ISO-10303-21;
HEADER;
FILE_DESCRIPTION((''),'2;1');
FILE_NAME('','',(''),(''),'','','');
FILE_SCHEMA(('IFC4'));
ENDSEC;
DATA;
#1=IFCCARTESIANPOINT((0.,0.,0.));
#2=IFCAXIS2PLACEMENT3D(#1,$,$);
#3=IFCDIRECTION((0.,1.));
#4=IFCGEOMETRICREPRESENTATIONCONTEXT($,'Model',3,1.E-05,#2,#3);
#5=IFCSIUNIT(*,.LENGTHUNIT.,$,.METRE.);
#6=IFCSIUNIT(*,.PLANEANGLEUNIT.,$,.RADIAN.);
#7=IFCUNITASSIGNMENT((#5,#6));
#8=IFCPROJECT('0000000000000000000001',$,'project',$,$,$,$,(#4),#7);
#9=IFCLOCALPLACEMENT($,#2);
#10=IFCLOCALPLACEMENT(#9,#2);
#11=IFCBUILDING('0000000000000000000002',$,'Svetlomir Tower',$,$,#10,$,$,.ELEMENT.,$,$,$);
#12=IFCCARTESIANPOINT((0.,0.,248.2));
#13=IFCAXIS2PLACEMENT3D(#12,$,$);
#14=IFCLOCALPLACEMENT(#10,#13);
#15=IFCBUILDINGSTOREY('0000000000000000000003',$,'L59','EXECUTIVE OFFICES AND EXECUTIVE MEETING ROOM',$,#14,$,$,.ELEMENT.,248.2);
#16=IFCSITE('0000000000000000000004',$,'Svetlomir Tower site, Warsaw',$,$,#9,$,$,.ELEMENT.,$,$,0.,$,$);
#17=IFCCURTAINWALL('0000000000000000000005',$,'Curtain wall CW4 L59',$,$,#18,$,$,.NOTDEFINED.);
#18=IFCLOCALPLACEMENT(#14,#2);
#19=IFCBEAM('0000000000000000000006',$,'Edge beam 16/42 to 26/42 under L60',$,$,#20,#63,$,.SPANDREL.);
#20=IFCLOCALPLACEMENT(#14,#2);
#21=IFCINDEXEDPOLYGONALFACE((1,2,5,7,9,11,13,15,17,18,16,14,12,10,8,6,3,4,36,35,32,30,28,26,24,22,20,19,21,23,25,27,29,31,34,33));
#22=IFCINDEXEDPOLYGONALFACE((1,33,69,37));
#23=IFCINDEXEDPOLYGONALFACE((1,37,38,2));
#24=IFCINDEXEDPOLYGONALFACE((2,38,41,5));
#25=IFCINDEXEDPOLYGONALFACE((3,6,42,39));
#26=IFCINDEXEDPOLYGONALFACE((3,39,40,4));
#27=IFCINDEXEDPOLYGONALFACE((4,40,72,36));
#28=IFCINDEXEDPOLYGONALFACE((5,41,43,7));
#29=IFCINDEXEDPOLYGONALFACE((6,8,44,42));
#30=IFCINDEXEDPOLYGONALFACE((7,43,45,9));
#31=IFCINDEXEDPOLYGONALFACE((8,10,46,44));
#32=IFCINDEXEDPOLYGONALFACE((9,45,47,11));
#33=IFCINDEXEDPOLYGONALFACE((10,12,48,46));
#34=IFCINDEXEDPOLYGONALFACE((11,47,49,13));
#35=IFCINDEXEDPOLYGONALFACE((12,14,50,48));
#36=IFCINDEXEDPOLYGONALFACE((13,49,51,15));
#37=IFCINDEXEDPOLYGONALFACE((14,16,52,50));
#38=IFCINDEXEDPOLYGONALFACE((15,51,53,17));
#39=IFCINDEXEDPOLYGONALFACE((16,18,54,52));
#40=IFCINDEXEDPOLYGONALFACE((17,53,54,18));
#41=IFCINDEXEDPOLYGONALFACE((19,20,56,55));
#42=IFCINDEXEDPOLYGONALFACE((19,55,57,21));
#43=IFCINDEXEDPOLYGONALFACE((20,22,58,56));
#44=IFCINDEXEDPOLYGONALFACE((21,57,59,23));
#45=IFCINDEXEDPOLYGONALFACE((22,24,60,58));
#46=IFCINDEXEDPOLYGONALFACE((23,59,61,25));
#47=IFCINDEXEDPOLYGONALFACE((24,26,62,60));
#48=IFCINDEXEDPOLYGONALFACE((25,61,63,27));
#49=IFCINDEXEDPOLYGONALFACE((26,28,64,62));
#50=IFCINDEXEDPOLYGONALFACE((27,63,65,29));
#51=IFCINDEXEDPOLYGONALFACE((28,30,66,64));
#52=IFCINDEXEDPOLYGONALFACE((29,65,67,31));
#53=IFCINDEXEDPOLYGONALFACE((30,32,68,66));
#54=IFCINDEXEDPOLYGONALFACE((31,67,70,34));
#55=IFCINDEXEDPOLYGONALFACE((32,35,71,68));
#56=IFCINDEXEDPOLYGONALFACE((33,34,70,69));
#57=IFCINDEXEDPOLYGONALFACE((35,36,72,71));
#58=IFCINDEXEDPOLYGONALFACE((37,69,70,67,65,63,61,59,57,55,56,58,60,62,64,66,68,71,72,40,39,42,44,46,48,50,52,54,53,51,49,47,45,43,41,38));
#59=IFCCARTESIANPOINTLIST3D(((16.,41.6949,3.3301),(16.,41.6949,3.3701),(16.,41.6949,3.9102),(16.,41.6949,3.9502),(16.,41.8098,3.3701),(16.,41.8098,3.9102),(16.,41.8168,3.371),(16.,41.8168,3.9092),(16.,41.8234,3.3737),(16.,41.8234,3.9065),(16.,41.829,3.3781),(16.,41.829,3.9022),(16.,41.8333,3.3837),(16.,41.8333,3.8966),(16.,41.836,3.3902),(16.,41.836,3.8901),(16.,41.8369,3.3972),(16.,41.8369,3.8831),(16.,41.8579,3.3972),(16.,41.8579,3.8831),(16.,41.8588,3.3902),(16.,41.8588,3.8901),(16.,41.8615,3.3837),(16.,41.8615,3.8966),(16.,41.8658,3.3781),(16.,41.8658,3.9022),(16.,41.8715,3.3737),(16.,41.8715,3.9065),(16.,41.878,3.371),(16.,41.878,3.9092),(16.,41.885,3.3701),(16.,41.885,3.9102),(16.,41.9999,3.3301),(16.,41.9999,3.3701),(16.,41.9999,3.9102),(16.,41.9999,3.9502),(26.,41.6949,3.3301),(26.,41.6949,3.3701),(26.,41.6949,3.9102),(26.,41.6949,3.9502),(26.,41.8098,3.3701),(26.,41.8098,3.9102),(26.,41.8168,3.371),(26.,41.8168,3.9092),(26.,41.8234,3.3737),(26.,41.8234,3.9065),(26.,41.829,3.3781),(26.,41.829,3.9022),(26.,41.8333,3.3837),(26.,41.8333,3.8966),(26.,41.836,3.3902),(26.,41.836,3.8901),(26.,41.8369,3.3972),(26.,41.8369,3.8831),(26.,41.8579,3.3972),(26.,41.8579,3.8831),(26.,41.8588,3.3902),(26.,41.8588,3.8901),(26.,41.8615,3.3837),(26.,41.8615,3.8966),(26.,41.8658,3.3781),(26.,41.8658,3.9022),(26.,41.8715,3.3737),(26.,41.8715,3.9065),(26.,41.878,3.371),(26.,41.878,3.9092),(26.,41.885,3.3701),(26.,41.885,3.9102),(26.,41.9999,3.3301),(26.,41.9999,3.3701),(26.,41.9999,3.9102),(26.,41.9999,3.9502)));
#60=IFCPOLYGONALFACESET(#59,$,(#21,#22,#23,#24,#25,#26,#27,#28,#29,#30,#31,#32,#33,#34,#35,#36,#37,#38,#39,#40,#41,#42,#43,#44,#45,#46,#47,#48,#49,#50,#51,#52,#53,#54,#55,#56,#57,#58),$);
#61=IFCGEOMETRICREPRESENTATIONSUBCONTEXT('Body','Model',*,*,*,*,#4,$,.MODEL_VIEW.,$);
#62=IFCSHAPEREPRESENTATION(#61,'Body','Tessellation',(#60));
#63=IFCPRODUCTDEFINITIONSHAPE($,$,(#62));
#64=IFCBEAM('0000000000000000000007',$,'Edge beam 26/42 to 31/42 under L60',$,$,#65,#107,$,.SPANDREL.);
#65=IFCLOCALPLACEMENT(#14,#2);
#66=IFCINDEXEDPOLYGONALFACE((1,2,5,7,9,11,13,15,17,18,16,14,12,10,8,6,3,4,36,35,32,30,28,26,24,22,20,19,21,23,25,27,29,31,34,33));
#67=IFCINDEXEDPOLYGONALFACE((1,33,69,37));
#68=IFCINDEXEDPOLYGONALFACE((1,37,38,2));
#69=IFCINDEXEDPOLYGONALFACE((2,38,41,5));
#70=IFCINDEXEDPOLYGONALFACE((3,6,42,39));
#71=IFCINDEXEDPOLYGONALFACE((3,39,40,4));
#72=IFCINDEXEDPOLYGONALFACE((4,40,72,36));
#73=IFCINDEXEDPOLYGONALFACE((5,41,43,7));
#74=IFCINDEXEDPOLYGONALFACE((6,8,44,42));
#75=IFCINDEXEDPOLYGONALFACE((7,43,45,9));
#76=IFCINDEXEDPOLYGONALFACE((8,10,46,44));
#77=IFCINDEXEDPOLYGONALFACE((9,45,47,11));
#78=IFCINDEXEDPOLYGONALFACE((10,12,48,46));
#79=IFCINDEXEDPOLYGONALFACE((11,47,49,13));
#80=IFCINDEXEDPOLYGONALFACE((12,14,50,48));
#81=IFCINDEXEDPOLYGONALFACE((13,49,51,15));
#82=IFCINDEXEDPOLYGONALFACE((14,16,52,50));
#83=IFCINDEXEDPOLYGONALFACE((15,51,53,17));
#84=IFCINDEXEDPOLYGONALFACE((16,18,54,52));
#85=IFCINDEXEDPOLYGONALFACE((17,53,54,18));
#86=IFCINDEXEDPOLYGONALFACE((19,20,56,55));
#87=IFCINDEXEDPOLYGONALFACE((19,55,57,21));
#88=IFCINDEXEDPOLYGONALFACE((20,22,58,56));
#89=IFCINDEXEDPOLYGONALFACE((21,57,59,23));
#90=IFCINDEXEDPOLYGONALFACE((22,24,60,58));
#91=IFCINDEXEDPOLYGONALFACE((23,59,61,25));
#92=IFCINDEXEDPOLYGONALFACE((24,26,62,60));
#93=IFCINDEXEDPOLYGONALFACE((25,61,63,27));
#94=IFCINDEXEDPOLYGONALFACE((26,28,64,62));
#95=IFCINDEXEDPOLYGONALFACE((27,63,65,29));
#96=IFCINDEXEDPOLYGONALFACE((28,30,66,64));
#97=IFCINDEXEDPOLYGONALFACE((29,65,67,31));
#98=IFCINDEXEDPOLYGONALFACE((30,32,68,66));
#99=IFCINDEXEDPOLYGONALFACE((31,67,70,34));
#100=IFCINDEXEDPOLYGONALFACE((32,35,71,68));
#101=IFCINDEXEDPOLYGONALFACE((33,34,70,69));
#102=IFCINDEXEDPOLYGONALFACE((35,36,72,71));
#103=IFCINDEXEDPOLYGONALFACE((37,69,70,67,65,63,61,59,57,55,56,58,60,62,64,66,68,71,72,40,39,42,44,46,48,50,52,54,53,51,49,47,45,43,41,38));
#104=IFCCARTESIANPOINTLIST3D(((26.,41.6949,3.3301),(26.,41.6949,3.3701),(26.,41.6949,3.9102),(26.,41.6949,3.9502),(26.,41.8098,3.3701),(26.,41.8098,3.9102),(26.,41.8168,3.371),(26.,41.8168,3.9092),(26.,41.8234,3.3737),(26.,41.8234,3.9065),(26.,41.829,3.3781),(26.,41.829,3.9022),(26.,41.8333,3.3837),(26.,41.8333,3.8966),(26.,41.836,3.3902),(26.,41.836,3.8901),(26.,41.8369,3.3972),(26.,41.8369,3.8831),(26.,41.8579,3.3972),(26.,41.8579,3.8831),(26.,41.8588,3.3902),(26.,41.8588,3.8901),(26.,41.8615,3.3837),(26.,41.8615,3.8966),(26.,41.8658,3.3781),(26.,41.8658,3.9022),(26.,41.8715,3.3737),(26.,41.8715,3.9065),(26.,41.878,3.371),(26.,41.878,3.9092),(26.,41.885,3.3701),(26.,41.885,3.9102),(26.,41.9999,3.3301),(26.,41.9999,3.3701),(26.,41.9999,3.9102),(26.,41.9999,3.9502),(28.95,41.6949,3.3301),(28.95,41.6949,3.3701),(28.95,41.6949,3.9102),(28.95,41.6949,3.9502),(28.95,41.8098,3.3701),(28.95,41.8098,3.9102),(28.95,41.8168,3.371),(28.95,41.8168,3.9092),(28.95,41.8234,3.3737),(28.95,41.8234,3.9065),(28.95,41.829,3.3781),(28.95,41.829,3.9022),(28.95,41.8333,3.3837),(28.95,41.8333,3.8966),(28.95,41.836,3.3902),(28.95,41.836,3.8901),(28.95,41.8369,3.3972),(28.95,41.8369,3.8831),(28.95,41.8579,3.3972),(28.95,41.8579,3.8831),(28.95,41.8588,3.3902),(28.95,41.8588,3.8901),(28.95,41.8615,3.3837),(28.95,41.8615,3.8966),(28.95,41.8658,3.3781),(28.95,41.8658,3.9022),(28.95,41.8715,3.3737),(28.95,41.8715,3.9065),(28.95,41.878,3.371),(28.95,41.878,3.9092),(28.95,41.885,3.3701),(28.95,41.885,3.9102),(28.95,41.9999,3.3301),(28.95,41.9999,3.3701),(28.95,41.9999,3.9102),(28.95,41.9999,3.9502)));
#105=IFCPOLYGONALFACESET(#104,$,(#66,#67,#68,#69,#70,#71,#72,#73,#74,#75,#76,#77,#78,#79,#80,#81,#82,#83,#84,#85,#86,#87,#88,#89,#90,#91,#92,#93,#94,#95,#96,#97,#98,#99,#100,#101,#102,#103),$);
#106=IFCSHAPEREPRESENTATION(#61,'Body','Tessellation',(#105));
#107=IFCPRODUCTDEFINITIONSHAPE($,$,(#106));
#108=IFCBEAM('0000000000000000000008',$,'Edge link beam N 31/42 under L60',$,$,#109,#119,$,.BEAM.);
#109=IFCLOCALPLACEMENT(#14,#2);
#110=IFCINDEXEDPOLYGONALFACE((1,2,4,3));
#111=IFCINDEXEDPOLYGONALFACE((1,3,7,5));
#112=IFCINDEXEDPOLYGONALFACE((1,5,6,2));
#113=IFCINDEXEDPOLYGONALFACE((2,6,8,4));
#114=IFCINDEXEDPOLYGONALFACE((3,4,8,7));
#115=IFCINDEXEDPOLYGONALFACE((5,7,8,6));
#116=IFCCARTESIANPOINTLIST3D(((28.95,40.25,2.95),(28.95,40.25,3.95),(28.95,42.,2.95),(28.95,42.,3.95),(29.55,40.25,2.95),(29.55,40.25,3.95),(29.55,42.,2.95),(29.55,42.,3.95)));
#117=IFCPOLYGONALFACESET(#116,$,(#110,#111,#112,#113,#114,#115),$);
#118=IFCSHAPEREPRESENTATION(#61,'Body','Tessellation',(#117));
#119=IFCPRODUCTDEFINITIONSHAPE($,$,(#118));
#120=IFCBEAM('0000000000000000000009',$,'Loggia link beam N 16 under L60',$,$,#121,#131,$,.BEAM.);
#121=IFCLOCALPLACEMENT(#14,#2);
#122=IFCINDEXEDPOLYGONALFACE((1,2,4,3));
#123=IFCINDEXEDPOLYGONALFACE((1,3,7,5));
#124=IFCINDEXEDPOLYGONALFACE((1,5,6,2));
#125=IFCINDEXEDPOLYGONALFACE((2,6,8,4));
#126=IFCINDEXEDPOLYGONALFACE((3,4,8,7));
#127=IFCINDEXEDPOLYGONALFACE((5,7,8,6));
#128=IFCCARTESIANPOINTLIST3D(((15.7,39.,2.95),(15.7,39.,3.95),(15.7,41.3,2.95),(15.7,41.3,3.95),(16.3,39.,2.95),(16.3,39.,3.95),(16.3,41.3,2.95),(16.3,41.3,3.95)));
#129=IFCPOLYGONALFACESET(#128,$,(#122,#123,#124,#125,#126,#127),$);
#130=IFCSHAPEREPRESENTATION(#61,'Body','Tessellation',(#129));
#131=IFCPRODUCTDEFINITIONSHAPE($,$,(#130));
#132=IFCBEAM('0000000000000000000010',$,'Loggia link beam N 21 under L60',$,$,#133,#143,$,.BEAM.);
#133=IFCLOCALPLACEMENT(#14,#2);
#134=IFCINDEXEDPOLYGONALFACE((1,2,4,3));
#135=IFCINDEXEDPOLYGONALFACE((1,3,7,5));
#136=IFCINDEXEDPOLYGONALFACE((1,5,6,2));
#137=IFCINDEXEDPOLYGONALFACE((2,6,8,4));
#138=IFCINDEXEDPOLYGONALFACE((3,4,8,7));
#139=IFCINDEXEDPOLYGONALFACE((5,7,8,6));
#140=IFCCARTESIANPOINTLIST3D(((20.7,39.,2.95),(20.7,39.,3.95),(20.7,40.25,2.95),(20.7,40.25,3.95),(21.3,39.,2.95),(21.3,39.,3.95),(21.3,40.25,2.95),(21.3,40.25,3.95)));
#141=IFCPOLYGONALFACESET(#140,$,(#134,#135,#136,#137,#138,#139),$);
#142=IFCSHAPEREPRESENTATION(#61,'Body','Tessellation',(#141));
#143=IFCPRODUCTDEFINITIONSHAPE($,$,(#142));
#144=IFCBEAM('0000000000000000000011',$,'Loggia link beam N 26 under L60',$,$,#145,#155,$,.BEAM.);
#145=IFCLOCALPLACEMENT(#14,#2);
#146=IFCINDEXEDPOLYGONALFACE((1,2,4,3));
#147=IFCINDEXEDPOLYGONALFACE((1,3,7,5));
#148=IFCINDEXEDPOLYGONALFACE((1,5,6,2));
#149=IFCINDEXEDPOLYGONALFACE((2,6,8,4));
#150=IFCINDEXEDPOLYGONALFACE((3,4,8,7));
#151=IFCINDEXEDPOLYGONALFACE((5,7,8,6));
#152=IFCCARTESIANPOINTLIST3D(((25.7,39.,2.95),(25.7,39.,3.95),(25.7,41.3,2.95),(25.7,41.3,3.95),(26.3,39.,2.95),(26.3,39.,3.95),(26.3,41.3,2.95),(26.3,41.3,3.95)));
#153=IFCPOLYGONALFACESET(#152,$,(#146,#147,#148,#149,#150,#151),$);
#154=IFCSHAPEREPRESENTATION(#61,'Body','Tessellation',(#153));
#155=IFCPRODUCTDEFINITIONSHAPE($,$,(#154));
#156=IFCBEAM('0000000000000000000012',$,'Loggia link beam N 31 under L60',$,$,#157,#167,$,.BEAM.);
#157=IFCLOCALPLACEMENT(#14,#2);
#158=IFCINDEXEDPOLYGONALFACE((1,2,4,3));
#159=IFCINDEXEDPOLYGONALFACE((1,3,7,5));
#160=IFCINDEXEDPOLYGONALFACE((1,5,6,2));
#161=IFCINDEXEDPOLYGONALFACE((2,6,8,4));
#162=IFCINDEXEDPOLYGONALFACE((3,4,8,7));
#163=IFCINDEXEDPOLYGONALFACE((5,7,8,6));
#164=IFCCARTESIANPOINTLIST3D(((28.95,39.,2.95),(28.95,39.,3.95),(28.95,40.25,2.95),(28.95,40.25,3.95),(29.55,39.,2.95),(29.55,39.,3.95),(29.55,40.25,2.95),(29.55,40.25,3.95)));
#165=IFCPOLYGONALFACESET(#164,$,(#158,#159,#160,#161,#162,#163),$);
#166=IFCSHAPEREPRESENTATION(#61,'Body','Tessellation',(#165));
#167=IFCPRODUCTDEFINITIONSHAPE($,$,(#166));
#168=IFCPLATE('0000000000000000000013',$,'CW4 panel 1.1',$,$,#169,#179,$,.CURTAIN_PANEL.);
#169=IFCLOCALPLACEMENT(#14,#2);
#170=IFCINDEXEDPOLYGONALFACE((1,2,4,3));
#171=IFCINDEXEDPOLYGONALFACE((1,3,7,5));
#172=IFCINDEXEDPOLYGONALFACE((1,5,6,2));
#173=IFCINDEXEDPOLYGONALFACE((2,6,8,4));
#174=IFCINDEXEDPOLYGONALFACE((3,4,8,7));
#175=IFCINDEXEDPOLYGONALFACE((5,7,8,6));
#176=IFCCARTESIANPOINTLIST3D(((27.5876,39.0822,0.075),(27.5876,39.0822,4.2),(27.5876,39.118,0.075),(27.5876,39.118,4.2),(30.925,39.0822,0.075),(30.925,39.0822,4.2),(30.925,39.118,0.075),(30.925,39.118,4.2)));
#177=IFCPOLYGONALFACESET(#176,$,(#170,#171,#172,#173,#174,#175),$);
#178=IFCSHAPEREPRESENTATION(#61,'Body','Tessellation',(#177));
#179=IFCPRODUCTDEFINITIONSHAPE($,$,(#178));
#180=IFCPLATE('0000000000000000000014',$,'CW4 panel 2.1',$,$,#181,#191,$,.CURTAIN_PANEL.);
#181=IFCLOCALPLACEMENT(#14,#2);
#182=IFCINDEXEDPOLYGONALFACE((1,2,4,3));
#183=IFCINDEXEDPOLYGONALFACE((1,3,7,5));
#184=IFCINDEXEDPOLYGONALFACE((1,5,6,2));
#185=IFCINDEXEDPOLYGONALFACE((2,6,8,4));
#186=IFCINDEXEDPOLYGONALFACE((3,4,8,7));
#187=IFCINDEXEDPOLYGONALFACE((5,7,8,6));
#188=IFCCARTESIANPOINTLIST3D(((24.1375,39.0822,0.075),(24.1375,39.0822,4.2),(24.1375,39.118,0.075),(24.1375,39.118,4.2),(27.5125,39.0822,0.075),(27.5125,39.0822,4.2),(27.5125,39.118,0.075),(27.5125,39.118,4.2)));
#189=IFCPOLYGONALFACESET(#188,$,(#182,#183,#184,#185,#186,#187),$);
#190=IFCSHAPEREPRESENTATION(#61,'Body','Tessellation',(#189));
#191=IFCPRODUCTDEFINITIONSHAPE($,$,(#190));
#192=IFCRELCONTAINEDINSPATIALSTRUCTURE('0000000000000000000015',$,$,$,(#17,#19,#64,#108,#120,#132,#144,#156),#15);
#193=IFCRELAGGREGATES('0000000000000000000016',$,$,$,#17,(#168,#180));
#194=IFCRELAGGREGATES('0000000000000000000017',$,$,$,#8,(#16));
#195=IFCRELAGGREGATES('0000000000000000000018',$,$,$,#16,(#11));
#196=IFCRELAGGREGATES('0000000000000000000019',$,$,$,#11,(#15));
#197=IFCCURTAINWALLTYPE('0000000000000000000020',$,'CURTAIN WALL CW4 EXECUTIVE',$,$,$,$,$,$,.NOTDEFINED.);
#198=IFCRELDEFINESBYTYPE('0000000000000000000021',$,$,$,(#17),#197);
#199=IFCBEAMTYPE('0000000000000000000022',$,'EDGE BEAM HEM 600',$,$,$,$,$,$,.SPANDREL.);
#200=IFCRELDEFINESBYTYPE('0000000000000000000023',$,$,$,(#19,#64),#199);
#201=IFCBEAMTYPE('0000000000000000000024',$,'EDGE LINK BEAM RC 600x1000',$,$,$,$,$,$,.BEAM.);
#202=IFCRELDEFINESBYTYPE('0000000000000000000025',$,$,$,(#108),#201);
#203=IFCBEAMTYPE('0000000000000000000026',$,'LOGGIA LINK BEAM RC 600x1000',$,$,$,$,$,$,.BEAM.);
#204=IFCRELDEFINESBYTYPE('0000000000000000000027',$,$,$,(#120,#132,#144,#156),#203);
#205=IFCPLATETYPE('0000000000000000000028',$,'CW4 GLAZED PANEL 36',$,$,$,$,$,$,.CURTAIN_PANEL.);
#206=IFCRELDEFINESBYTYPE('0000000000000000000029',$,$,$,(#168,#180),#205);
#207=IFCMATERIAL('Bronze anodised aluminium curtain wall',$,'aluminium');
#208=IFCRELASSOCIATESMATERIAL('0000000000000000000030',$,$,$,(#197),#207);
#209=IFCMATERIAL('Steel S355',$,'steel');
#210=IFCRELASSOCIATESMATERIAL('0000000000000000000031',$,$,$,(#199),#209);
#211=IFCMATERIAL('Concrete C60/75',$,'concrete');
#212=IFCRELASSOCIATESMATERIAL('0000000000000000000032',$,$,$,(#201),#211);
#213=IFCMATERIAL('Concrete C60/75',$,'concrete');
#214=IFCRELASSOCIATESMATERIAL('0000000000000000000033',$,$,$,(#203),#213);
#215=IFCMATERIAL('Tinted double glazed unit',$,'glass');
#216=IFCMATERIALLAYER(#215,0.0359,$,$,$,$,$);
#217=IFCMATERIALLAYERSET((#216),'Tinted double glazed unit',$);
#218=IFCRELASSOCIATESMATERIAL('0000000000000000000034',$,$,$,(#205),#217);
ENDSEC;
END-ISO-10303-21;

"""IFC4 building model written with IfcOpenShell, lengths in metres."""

from ifc_helpers import new_model, si_unit, direction, frame, origin, origin_2d, place, context, subcontext, project, spatial, rectangle, i_section, extrude, material, layer, layer_set, material_profile, profile_set, type_object, element, aggregate, save


model = new_model("IFC4")

# Units and contexts
model_context = context("Model", 3, precision=1e-05, world=origin(), true_north=direction((0.0, 1.0)))
body_context = subcontext(model_context, "Body", "Model", "MODEL_VIEW")
ifc_project = project(units=[si_unit("LENGTHUNIT", "METRE"), si_unit("PLANEANGLEUNIT", "RADIAN")], contexts=[model_context])

# Site, building, storey
site_placement = place(None, origin())
site = spatial("IfcSite", under=ifc_project, at=site_placement, Name="Svetlomir Tower site, Warsaw", CompositionType="ELEMENT", RefElevation=0.0)
building_placement = place(site_placement, origin())
building = spatial("IfcBuilding", under=site, at=building_placement, Name="Svetlomir Tower", CompositionType="ELEMENT")
storey_placement = place(building_placement, frame((0.0, 0.0, 248.2)))
storey = spatial("IfcBuildingStorey", under=building, at=storey_placement, Name="L59", Description="EXECUTIVE OFFICES AND EXECUTIVE MEETING ROOM", CompositionType="ELEMENT", Elevation=248.2)

# Curtain wall
ifc_material_1 = material(Name="Bronze anodised aluminium curtain wall", Category="aluminium")
curtain_wall_type = type_object("IfcCurtainWallType", Name="CURTAIN WALL CW4 EXECUTIVE", PredefinedType="NOTDEFINED", material=ifc_material_1)
curtain_wall_1_placement = place(storey_placement, origin())
curtain_wall_1 = element("IfcCurtainWall", 1, at=curtain_wall_1_placement, inside=storey, type_object=curtain_wall_type, Name="Curtain wall CW4 L59", PredefinedType="NOTDEFINED")

# Beams
ifc_material_2 = material(Name="Steel S355", Category="steel")
ifc_material_profile_1 = material_profile(ifc_material_2, i_section(OverallWidth=0.3049, OverallDepth=0.6201, WebThickness=0.021, FlangeThickness=0.04, FilletRadius=0.0271, at=origin_2d()), Name="HEM 600")
ifc_profile_set_1 = profile_set([ifc_material_profile_1], Name="Steel S355")
beam_type_1 = type_object("IfcBeamType", Name="EDGE BEAM HEM 600", PredefinedType="SPANDREL", material=ifc_profile_set_1)
beam_1_placement = place(storey_placement, frame((16.0, 41.8474, 3.6401), z_axis=(1.0, 0.0, 0.0), x_axis=(0.0, 1.0, 0.0)))
element("IfcBeam", 2, at=beam_1_placement, inside=storey, type_object=beam_type_1, Name="Edge beam 16/42 to 26/42 under L60", PredefinedType="SPANDREL", context=body_context, shape_type="SweptSolid", body=[
    extrude(i_section(OverallWidth=0.3049, OverallDepth=0.6201, WebThickness=0.021, FlangeThickness=0.04, FilletRadius=0.0271, at=origin_2d()), origin(), (0.0, 0.0, 1.0), 10.0),
])
beam_2_placement = place(storey_placement, frame((26.0, 41.8474, 3.6401), z_axis=(1.0, 0.0, 0.0), x_axis=(0.0, 1.0, 0.0)))
element("IfcBeam", 3, at=beam_2_placement, inside=storey, type_object=beam_type_1, Name="Edge beam 26/42 to 31/42 under L60", PredefinedType="SPANDREL", context=body_context, shape_type="SweptSolid", body=[
    extrude(i_section(OverallWidth=0.3049, OverallDepth=0.6201, WebThickness=0.021, FlangeThickness=0.04, FilletRadius=0.0271, at=origin_2d()), origin(), (0.0, 0.0, 1.0), 2.95),
])
ifc_material_3 = material(Name="Concrete C60/75", Category="concrete")
ifc_material_profile_2 = material_profile(ifc_material_3, rectangle(XDim=0.6001, YDim=1.0, at=origin_2d()), Name="RC 600x1000")
ifc_profile_set_2 = profile_set([ifc_material_profile_2], Name="Concrete C60/75")
beam_type_2 = type_object("IfcBeamType", Name="EDGE LINK BEAM RC 600x1000", PredefinedType="BEAM", material=ifc_profile_set_2)
beam_3_placement = place(storey_placement, frame((29.25, 40.25, 3.45), z_axis=(0.0, 1.0, 0.0), x_axis=(-1.0, 0.0, 0.0)))
element("IfcBeam", 4, at=beam_3_placement, inside=storey, type_object=beam_type_2, Name="Edge link beam N 31/42 under L60", PredefinedType="BEAM", context=body_context, shape_type="SweptSolid", body=[
    extrude(rectangle(XDim=0.6001, YDim=1.0, at=origin_2d()), origin(), (0.0, 0.0, 1.0), 1.75),
])
ifc_material_4 = material(Name="Concrete C60/75", Category="concrete")
ifc_material_profile_3 = material_profile(ifc_material_4, rectangle(XDim=0.6001, YDim=1.0, at=origin_2d()), Name="RC 600x1000")
ifc_profile_set_3 = profile_set([ifc_material_profile_3], Name="Concrete C60/75")
beam_type_3 = type_object("IfcBeamType", Name="LOGGIA LINK BEAM RC 600x1000", PredefinedType="BEAM", material=ifc_profile_set_3)
beam_4_placement = place(storey_placement, frame((16.0, 41.3, 3.45), z_axis=(0.0, -1.0, 0.0), x_axis=(1.0, 0.0, 0.0)))
element("IfcBeam", 5, at=beam_4_placement, inside=storey, type_object=beam_type_3, Name="Loggia link beam N 16 under L60", PredefinedType="BEAM", context=body_context, shape_type="SweptSolid", body=[
    extrude(rectangle(XDim=0.6001, YDim=1.0, at=origin_2d()), origin(), (0.0, 0.0, 1.0), 2.3),
])
beam_5_placement = place(storey_placement, frame((21.0, 40.25, 3.45), z_axis=(0.0, -1.0, 0.0), x_axis=(1.0, 0.0, 0.0)))
element("IfcBeam", 6, at=beam_5_placement, inside=storey, type_object=beam_type_3, Name="Loggia link beam N 21 under L60", PredefinedType="BEAM", context=body_context, shape_type="SweptSolid", body=[
    extrude(rectangle(XDim=0.6001, YDim=1.0, at=origin_2d()), origin(), (0.0, 0.0, 1.0), 1.25),
])
beam_6_placement = place(storey_placement, frame((26.0, 41.3, 3.45), z_axis=(0.0, -1.0, 0.0), x_axis=(1.0, 0.0, 0.0)))
element("IfcBeam", 7, at=beam_6_placement, inside=storey, type_object=beam_type_3, Name="Loggia link beam N 26 under L60", PredefinedType="BEAM", context=body_context, shape_type="SweptSolid", body=[
    extrude(rectangle(XDim=0.6001, YDim=1.0, at=origin_2d()), origin(), (0.0, 0.0, 1.0), 2.3),
])
beam_7_placement = place(storey_placement, frame((29.25, 40.25, 3.45), z_axis=(0.0, -1.0, 0.0), x_axis=(1.0, 0.0, 0.0)))
element("IfcBeam", 8, at=beam_7_placement, inside=storey, type_object=beam_type_3, Name="Loggia link beam N 31 under L60", PredefinedType="BEAM", context=body_context, shape_type="SweptSolid", body=[
    extrude(rectangle(XDim=0.6001, YDim=1.0, at=origin_2d()), origin(), (0.0, 0.0, 1.0), 1.25),
])

# Plates
ifc_material_5 = material(Name="Tinted double glazed unit", Category="glass")
ifc_layer_1 = layer(ifc_material_5, 0.0359)
ifc_layer_set_1 = layer_set([ifc_layer_1], Name="Tinted double glazed unit")
plate_type = type_object("IfcPlateType", Name="CW4 GLAZED PANEL 36", PredefinedType="CURTAIN_PANEL", material=ifc_layer_set_1)
plate_1_placement = place(storey_placement, frame((29.2563, 39.1001, 0.075), z_axis=(0.0, 0.0, 1.0), x_axis=(-1.0, 0.0, 0.0)))
plate_1 = element("IfcPlate", 9, at=plate_1_placement, type_object=plate_type, Name="CW4 panel 1.1", PredefinedType="CURTAIN_PANEL", context=body_context, shape_type="SweptSolid", body=[
    extrude(rectangle(XDim=3.3374, YDim=0.0359, at=origin_2d()), origin(), (0.0, 0.0, 1.0), 4.125),
])
plate_2_placement = place(storey_placement, frame((25.825, 39.1001, 0.075), z_axis=(0.0, 0.0, 1.0), x_axis=(-1.0, 0.0, 0.0)))
plate_2 = element("IfcPlate", 10, at=plate_2_placement, type_object=plate_type, Name="CW4 panel 2.1", PredefinedType="CURTAIN_PANEL", context=body_context, shape_type="SweptSolid", body=[
    extrude(rectangle(XDim=3.375, YDim=0.0359, at=origin_2d()), origin(), (0.0, 0.0, 1.0), 4.125),
])
aggregate(curtain_wall_1, [plate_1, plate_2])

save(model, "model.ifc")
